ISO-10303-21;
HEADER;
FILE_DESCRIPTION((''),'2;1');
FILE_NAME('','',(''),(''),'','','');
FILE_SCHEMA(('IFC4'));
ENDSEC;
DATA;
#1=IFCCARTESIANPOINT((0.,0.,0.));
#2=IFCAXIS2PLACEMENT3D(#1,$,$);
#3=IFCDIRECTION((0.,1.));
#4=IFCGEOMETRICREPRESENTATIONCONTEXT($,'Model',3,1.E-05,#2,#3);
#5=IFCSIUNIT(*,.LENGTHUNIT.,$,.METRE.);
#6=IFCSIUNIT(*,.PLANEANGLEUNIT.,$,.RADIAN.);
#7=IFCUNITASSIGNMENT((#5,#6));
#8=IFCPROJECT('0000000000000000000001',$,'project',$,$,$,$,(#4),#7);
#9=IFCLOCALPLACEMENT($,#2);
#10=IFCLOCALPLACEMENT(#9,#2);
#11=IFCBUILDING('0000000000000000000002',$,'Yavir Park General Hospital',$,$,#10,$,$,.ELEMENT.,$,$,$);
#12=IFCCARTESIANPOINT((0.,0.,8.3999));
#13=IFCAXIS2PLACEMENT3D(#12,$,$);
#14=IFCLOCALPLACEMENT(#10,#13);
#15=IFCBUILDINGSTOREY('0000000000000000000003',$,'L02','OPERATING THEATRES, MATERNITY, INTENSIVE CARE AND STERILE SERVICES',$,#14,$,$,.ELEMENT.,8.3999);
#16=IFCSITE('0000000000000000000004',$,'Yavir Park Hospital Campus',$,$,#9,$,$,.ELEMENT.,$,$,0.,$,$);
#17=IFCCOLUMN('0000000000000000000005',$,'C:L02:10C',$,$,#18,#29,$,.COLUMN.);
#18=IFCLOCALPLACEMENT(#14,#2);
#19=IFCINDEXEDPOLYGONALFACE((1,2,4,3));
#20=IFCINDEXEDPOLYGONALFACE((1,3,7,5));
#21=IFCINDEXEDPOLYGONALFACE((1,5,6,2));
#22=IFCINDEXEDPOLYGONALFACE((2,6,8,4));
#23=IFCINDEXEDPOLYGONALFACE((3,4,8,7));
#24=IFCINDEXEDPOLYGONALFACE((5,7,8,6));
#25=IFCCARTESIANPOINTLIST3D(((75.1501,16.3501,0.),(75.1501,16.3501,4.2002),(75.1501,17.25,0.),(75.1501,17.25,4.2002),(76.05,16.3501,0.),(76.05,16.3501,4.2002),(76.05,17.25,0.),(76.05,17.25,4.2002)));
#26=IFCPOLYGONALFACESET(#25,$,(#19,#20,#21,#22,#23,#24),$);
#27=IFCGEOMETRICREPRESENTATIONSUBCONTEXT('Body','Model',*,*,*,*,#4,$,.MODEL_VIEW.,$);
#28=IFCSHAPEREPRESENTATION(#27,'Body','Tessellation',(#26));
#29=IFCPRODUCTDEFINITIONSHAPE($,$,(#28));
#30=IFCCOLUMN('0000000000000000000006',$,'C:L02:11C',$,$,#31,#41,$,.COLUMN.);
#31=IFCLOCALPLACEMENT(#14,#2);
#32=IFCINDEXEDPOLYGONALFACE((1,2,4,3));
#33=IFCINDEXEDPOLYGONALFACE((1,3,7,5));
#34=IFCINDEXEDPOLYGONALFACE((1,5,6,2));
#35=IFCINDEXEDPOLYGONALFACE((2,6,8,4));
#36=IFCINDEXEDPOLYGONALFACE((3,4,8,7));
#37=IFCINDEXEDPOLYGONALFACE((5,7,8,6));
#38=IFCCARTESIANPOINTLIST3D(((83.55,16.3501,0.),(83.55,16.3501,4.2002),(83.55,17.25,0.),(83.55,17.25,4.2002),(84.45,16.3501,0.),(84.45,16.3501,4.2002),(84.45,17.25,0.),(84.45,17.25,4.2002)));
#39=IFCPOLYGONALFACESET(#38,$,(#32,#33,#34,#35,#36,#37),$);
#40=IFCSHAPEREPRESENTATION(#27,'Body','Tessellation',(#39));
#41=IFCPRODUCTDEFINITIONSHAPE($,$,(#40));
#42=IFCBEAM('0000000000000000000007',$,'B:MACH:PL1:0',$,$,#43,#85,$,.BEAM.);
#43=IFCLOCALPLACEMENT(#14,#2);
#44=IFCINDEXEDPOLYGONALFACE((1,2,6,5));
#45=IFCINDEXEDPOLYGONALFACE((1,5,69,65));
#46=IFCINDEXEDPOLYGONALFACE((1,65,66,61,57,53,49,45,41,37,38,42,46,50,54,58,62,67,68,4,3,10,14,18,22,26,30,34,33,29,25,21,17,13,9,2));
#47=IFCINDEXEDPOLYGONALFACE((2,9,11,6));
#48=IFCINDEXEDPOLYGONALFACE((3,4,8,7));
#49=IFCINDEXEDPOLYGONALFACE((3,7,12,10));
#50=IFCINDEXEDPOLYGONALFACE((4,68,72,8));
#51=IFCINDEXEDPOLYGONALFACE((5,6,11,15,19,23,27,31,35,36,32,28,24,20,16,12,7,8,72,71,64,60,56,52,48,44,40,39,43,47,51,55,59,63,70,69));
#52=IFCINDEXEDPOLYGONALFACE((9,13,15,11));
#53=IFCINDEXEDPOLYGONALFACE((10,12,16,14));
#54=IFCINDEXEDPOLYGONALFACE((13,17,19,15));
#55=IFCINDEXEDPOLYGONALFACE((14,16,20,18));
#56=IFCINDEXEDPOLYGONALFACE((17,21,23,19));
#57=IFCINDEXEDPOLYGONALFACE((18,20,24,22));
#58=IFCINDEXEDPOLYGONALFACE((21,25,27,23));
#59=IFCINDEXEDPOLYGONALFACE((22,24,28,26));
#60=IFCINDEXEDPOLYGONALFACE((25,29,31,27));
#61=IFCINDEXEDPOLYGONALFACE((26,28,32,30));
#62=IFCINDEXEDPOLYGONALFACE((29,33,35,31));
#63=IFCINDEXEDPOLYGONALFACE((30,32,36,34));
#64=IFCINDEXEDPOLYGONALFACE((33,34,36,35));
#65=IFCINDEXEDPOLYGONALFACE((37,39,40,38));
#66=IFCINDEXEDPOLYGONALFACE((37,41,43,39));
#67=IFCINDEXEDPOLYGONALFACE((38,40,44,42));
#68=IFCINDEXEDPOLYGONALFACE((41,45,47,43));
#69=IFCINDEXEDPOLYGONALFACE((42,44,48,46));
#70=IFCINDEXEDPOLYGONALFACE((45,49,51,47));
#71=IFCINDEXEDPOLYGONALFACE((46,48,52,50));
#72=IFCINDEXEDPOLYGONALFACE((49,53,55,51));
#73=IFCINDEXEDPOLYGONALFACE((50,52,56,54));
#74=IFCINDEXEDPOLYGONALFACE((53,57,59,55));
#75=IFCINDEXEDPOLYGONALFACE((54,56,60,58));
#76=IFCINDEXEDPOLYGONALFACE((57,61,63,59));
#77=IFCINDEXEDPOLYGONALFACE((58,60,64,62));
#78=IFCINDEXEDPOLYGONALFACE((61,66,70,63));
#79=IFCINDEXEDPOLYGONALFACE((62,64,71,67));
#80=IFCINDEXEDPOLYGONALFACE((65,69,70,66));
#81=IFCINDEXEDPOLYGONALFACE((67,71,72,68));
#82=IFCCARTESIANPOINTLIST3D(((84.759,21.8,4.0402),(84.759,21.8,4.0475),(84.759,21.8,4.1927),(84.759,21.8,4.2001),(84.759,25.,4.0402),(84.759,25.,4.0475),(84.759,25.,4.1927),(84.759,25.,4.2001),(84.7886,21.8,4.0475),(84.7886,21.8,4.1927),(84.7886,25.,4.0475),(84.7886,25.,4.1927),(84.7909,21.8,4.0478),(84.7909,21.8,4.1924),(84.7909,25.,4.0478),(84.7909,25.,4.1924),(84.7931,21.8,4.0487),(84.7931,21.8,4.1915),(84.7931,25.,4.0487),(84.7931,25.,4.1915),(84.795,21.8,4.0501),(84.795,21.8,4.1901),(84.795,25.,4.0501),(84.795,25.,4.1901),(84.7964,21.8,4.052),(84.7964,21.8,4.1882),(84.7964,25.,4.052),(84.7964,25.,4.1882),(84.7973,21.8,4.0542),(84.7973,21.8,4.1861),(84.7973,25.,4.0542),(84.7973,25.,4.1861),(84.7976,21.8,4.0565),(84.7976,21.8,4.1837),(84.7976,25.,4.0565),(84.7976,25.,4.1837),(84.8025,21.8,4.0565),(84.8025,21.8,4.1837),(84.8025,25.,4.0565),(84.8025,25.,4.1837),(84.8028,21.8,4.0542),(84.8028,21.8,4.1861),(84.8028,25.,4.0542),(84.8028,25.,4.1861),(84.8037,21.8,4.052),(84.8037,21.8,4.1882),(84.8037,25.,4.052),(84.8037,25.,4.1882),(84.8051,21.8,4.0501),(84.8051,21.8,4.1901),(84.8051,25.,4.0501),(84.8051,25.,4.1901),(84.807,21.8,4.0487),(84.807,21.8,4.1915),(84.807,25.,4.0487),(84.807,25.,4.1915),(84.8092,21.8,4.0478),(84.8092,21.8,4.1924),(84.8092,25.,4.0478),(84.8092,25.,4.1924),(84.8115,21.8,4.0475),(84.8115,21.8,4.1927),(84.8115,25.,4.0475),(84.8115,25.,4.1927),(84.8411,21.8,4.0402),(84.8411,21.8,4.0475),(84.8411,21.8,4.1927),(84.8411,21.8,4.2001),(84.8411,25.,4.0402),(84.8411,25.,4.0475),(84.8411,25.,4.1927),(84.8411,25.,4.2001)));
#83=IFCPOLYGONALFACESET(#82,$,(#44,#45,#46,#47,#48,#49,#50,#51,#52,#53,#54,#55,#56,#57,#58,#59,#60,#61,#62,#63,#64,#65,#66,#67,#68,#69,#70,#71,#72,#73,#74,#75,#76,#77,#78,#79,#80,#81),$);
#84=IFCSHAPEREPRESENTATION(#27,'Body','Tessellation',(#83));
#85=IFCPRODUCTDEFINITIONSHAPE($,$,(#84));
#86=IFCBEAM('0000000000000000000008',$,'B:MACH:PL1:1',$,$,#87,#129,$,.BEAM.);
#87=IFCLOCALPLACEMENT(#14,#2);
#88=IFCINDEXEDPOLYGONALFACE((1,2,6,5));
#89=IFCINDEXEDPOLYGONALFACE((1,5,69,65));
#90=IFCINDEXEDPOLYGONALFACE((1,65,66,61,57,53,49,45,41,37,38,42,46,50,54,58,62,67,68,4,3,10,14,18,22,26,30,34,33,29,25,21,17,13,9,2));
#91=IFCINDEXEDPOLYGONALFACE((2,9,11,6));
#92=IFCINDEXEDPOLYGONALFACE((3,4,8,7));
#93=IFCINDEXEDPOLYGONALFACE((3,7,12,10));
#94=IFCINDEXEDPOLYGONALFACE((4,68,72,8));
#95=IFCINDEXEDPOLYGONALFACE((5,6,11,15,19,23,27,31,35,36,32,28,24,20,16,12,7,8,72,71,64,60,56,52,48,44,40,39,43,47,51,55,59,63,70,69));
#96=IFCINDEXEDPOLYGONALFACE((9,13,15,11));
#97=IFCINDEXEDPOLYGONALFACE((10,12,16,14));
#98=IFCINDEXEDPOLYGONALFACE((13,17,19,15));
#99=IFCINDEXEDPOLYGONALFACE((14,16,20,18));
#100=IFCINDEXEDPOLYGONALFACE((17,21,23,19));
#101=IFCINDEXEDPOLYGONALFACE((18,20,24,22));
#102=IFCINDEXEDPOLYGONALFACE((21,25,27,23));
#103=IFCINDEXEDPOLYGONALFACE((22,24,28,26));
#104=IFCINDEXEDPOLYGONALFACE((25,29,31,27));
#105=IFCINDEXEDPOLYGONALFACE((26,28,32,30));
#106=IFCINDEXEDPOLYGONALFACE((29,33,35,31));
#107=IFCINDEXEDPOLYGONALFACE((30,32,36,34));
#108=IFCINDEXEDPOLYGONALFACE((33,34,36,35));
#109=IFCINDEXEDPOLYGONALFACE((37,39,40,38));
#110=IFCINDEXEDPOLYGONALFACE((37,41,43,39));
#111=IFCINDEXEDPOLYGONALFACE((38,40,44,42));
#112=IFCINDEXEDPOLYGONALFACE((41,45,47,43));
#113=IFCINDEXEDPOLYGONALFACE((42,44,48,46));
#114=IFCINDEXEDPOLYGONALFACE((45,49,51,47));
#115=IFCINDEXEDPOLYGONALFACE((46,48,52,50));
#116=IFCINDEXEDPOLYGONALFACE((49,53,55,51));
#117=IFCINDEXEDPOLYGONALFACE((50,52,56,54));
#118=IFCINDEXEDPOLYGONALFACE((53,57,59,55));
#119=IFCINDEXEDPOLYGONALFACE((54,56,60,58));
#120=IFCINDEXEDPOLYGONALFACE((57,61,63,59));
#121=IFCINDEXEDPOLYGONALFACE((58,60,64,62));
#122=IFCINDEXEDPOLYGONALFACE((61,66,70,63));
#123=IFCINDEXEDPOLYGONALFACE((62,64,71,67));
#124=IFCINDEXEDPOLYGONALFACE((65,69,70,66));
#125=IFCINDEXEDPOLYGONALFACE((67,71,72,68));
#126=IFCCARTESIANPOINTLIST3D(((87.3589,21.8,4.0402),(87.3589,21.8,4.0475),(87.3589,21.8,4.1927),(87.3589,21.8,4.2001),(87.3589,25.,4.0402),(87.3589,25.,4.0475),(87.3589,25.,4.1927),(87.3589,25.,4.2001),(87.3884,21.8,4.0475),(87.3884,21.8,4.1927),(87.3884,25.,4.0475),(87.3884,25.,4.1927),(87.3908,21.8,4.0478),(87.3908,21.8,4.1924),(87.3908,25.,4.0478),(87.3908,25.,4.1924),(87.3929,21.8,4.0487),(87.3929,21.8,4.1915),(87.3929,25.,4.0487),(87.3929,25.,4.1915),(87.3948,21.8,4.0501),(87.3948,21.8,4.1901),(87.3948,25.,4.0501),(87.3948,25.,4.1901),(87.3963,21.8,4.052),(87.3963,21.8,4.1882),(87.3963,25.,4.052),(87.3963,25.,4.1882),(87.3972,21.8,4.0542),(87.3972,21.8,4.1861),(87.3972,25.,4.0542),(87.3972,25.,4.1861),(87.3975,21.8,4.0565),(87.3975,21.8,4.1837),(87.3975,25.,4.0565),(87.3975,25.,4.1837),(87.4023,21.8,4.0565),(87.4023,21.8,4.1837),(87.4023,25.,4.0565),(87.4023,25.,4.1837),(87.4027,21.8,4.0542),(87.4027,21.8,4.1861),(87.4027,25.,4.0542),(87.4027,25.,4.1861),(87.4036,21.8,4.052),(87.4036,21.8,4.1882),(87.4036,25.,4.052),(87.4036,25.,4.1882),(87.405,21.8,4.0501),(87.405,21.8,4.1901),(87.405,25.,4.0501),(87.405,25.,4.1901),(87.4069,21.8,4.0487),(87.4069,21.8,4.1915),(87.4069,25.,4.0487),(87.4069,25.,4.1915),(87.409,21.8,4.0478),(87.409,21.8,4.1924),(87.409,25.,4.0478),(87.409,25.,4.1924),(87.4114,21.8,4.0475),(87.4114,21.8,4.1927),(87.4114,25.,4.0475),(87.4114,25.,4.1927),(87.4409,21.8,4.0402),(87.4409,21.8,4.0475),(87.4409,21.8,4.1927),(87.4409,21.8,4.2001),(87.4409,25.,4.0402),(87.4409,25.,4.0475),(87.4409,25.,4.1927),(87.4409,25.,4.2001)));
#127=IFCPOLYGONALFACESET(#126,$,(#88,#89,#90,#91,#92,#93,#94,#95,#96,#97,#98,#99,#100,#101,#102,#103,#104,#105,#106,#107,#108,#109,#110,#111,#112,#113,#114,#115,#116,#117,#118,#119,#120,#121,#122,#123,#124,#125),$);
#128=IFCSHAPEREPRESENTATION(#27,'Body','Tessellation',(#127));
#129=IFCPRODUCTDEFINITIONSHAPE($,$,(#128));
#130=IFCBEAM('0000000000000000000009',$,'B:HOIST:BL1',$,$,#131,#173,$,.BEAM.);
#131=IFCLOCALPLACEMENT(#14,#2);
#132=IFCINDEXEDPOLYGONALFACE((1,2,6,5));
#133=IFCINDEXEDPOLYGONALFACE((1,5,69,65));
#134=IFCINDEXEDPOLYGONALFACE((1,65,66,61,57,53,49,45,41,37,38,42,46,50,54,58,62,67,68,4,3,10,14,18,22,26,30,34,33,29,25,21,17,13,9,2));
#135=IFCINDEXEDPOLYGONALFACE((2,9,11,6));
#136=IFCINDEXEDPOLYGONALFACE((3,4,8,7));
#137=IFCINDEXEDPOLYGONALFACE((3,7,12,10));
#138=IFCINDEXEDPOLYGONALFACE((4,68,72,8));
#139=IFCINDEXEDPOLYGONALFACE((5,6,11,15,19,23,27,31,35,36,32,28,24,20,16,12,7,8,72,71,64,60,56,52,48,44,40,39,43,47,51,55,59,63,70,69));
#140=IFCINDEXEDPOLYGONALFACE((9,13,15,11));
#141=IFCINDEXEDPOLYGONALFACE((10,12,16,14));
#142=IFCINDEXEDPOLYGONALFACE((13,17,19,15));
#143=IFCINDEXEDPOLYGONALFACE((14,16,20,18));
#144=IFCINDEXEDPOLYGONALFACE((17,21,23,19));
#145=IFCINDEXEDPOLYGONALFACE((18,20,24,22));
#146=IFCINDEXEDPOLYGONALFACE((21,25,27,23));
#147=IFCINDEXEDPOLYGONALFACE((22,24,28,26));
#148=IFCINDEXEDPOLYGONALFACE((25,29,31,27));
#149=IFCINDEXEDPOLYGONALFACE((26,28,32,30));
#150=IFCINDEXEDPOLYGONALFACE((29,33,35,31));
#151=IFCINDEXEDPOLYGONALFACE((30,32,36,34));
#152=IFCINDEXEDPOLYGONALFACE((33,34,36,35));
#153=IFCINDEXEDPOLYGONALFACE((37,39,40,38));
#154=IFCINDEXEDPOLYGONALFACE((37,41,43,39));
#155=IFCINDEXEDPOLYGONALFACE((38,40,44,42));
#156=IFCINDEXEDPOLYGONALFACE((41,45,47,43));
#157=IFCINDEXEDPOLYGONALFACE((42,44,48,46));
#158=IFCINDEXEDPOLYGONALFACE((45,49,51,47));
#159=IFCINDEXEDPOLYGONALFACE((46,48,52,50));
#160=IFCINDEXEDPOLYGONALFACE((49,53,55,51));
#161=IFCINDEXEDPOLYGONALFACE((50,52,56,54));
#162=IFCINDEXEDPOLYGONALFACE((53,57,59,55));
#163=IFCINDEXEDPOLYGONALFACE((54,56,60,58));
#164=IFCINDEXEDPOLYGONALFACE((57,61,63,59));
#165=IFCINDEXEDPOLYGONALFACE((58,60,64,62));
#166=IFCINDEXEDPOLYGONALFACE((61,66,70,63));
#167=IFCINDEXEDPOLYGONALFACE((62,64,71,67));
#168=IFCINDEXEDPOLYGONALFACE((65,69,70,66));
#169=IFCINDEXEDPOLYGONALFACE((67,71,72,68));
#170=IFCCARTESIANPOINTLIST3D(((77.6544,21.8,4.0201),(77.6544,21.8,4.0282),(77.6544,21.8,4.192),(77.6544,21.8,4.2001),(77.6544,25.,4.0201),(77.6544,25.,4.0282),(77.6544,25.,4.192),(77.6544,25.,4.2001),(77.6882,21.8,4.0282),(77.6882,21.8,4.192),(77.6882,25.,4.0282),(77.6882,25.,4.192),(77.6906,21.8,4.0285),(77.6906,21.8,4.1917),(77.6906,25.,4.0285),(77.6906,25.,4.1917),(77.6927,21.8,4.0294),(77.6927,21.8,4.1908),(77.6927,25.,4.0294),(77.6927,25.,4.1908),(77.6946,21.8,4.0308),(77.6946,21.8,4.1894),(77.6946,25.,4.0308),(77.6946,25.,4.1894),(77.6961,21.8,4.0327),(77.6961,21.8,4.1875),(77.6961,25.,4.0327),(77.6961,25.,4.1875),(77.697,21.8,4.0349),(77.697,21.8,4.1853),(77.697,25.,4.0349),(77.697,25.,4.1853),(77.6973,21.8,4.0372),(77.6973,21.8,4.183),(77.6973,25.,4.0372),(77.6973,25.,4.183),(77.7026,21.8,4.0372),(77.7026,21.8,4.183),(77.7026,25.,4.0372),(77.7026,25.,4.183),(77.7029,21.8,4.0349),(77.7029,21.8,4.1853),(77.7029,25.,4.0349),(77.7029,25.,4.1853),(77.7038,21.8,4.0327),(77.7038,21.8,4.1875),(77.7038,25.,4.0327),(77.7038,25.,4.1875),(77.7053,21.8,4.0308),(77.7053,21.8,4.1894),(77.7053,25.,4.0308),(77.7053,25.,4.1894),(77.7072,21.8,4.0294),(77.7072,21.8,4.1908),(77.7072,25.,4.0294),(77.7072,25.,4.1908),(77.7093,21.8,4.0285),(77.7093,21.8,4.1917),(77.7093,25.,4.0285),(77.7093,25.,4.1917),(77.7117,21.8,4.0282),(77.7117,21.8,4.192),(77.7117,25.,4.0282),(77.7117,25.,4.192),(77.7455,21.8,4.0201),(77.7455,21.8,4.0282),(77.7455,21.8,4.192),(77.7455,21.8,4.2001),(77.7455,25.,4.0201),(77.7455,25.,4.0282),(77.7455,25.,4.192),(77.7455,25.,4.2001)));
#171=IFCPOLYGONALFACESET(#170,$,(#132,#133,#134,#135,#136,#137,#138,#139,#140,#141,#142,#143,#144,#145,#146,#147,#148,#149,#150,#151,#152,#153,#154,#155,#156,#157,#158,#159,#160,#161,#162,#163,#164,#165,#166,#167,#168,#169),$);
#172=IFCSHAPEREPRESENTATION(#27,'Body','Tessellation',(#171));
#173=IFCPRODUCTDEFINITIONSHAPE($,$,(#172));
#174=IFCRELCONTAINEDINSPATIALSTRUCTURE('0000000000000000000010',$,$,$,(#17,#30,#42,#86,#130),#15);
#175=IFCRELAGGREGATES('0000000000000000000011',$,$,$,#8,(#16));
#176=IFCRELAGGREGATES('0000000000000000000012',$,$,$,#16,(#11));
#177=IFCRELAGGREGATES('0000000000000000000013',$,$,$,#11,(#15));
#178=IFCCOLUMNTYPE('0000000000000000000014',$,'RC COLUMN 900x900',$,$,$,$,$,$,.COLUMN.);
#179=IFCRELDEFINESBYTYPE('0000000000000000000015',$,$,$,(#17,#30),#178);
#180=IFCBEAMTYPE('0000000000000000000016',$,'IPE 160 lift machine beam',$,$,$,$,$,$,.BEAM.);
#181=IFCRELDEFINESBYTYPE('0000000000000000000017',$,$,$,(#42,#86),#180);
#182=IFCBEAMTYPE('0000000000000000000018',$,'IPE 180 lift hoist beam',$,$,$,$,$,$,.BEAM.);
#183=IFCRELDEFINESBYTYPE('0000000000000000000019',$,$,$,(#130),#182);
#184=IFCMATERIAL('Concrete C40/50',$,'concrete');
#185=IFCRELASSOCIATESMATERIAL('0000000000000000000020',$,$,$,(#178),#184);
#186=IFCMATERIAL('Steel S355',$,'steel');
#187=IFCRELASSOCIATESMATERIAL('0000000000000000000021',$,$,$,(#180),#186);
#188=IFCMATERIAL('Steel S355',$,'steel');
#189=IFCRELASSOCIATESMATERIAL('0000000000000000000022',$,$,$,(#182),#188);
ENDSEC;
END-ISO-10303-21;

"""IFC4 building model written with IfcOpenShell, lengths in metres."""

from ifc_helpers import new_model, si_unit, direction, frame, origin, origin_2d, place, context, subcontext, project, spatial, rectangle, i_section, extrude, material, material_profile, profile_set, type_object, element, save


model = new_model("IFC4")

# Units and contexts
model_context = context("Model", 3, precision=1e-05, world=origin(), true_north=direction((0.0, 1.0)))
body_context = subcontext(model_context, "Body", "Model", "MODEL_VIEW")
ifc_project = project(units=[si_unit("LENGTHUNIT", "METRE"), si_unit("PLANEANGLEUNIT", "RADIAN")], contexts=[model_context])

# Site, building, storey
site_placement = place(None, origin())
site = spatial("IfcSite", under=ifc_project, at=site_placement, Name="Yavir Park Hospital Campus", CompositionType="ELEMENT", RefElevation=0.0)
building_placement = place(site_placement, origin())
building = spatial("IfcBuilding", under=site, at=building_placement, Name="Yavir Park General Hospital", CompositionType="ELEMENT")
storey_placement = place(building_placement, frame((0.0, 0.0, 8.3999)))
storey = spatial("IfcBuildingStorey", under=building, at=storey_placement, Name="L02", Description="OPERATING THEATRES, MATERNITY, INTENSIVE CARE AND STERILE SERVICES", CompositionType="ELEMENT", Elevation=8.3999)

# Columns
ifc_material_1 = material(Name="Concrete C40/50", Category="concrete")
ifc_material_profile_1 = material_profile(ifc_material_1, rectangle(XDim=0.8999, YDim=0.8999, at=origin_2d()), Name="RC900x900")
ifc_profile_set_1 = profile_set([ifc_material_profile_1], Name="Concrete C40/50")
column_type = type_object("IfcColumnType", Name="RC COLUMN 900x900", PredefinedType="COLUMN", material=ifc_profile_set_1)
for number, where, z_axis, x_axis, name in (
    (1, (75.6001, 16.8, 0.0), (0.0, 0.0, 1.0), (1.0, 0.0, 0.0), "C:L02:10C"),
    (2, (84.0, 16.8, 0.0), (0.0, 0.0, 1.0), (1.0, 0.0, 0.0), "C:L02:11C"),
):
    element("IfcColumn", number, at=place(storey_placement, frame(where, z_axis=z_axis, x_axis=x_axis)), inside=storey, type_object=column_type, Name=name, PredefinedType="COLUMN", context=body_context, shape_type="SweptSolid", body=[
        extrude(rectangle(XDim=0.8999, YDim=0.8999, at=origin_2d()), origin(), (0.0, 0.0, 1.0), 4.2002),
    ])

# Beams
ifc_material_2 = material(Name="Steel S355", Category="steel")
ifc_material_profile_2 = material_profile(ifc_material_2, i_section(OverallWidth=0.082, OverallDepth=0.1599, WebThickness=0.0049, FlangeThickness=0.0073, FilletRadius=0.009, at=origin_2d()), Name="IPE160")
ifc_profile_set_2 = profile_set([ifc_material_profile_2], Name="Steel S355")
beam_type_1 = type_object("IfcBeamType", Name="IPE 160 lift machine beam", PredefinedType="BEAM", material=ifc_profile_set_2)
for number, where, z_axis, x_axis, name in (
    (3, (84.8, 21.8, 4.1201), (0.0, 1.0, 0.0), (-1.0, 0.0, 0.0), "B:MACH:PL1:0"),
    (4, (87.3999, 21.8, 4.1201), (0.0, 1.0, 0.0), (-1.0, 0.0, 0.0), "B:MACH:PL1:1"),
):
    element("IfcBeam", number, at=place(storey_placement, frame(where, z_axis=z_axis, x_axis=x_axis)), inside=storey, type_object=beam_type_1, Name=name, PredefinedType="BEAM", context=body_context, shape_type="SweptSolid", body=[
        extrude(i_section(OverallWidth=0.082, OverallDepth=0.1599, WebThickness=0.0049, FlangeThickness=0.0073, FilletRadius=0.009, at=origin_2d()), origin(), (0.0, 0.0, 1.0), 3.2),
    ])
ifc_material_3 = material(Name="Steel S355", Category="steel")
ifc_material_profile_3 = material_profile(ifc_material_3, i_section(OverallWidth=0.0911, OverallDepth=0.1799, WebThickness=0.0054, FlangeThickness=0.0081, FilletRadius=0.009, at=origin_2d()), Name="IPE180")
ifc_profile_set_3 = profile_set([ifc_material_profile_3], Name="Steel S355")
beam_type_2 = type_object("IfcBeamType", Name="IPE 180 lift hoist beam", PredefinedType="BEAM", material=ifc_profile_set_3)
for number, where, z_axis, x_axis, name in (
    (5, (77.7, 21.8, 4.1101), (0.0, 1.0, 0.0), (-1.0, 0.0, 0.0), "B:HOIST:BL1"),
):
    element("IfcBeam", number, at=place(storey_placement, frame(where, z_axis=z_axis, x_axis=x_axis)), inside=storey, type_object=beam_type_2, Name=name, PredefinedType="BEAM", context=body_context, shape_type="SweptSolid", body=[
        extrude(i_section(OverallWidth=0.0911, OverallDepth=0.1799, WebThickness=0.0054, FlangeThickness=0.0081, FilletRadius=0.009, at=origin_2d()), origin(), (0.0, 0.0, 1.0), 3.2),
    ])

save(model, "model.ifc")
